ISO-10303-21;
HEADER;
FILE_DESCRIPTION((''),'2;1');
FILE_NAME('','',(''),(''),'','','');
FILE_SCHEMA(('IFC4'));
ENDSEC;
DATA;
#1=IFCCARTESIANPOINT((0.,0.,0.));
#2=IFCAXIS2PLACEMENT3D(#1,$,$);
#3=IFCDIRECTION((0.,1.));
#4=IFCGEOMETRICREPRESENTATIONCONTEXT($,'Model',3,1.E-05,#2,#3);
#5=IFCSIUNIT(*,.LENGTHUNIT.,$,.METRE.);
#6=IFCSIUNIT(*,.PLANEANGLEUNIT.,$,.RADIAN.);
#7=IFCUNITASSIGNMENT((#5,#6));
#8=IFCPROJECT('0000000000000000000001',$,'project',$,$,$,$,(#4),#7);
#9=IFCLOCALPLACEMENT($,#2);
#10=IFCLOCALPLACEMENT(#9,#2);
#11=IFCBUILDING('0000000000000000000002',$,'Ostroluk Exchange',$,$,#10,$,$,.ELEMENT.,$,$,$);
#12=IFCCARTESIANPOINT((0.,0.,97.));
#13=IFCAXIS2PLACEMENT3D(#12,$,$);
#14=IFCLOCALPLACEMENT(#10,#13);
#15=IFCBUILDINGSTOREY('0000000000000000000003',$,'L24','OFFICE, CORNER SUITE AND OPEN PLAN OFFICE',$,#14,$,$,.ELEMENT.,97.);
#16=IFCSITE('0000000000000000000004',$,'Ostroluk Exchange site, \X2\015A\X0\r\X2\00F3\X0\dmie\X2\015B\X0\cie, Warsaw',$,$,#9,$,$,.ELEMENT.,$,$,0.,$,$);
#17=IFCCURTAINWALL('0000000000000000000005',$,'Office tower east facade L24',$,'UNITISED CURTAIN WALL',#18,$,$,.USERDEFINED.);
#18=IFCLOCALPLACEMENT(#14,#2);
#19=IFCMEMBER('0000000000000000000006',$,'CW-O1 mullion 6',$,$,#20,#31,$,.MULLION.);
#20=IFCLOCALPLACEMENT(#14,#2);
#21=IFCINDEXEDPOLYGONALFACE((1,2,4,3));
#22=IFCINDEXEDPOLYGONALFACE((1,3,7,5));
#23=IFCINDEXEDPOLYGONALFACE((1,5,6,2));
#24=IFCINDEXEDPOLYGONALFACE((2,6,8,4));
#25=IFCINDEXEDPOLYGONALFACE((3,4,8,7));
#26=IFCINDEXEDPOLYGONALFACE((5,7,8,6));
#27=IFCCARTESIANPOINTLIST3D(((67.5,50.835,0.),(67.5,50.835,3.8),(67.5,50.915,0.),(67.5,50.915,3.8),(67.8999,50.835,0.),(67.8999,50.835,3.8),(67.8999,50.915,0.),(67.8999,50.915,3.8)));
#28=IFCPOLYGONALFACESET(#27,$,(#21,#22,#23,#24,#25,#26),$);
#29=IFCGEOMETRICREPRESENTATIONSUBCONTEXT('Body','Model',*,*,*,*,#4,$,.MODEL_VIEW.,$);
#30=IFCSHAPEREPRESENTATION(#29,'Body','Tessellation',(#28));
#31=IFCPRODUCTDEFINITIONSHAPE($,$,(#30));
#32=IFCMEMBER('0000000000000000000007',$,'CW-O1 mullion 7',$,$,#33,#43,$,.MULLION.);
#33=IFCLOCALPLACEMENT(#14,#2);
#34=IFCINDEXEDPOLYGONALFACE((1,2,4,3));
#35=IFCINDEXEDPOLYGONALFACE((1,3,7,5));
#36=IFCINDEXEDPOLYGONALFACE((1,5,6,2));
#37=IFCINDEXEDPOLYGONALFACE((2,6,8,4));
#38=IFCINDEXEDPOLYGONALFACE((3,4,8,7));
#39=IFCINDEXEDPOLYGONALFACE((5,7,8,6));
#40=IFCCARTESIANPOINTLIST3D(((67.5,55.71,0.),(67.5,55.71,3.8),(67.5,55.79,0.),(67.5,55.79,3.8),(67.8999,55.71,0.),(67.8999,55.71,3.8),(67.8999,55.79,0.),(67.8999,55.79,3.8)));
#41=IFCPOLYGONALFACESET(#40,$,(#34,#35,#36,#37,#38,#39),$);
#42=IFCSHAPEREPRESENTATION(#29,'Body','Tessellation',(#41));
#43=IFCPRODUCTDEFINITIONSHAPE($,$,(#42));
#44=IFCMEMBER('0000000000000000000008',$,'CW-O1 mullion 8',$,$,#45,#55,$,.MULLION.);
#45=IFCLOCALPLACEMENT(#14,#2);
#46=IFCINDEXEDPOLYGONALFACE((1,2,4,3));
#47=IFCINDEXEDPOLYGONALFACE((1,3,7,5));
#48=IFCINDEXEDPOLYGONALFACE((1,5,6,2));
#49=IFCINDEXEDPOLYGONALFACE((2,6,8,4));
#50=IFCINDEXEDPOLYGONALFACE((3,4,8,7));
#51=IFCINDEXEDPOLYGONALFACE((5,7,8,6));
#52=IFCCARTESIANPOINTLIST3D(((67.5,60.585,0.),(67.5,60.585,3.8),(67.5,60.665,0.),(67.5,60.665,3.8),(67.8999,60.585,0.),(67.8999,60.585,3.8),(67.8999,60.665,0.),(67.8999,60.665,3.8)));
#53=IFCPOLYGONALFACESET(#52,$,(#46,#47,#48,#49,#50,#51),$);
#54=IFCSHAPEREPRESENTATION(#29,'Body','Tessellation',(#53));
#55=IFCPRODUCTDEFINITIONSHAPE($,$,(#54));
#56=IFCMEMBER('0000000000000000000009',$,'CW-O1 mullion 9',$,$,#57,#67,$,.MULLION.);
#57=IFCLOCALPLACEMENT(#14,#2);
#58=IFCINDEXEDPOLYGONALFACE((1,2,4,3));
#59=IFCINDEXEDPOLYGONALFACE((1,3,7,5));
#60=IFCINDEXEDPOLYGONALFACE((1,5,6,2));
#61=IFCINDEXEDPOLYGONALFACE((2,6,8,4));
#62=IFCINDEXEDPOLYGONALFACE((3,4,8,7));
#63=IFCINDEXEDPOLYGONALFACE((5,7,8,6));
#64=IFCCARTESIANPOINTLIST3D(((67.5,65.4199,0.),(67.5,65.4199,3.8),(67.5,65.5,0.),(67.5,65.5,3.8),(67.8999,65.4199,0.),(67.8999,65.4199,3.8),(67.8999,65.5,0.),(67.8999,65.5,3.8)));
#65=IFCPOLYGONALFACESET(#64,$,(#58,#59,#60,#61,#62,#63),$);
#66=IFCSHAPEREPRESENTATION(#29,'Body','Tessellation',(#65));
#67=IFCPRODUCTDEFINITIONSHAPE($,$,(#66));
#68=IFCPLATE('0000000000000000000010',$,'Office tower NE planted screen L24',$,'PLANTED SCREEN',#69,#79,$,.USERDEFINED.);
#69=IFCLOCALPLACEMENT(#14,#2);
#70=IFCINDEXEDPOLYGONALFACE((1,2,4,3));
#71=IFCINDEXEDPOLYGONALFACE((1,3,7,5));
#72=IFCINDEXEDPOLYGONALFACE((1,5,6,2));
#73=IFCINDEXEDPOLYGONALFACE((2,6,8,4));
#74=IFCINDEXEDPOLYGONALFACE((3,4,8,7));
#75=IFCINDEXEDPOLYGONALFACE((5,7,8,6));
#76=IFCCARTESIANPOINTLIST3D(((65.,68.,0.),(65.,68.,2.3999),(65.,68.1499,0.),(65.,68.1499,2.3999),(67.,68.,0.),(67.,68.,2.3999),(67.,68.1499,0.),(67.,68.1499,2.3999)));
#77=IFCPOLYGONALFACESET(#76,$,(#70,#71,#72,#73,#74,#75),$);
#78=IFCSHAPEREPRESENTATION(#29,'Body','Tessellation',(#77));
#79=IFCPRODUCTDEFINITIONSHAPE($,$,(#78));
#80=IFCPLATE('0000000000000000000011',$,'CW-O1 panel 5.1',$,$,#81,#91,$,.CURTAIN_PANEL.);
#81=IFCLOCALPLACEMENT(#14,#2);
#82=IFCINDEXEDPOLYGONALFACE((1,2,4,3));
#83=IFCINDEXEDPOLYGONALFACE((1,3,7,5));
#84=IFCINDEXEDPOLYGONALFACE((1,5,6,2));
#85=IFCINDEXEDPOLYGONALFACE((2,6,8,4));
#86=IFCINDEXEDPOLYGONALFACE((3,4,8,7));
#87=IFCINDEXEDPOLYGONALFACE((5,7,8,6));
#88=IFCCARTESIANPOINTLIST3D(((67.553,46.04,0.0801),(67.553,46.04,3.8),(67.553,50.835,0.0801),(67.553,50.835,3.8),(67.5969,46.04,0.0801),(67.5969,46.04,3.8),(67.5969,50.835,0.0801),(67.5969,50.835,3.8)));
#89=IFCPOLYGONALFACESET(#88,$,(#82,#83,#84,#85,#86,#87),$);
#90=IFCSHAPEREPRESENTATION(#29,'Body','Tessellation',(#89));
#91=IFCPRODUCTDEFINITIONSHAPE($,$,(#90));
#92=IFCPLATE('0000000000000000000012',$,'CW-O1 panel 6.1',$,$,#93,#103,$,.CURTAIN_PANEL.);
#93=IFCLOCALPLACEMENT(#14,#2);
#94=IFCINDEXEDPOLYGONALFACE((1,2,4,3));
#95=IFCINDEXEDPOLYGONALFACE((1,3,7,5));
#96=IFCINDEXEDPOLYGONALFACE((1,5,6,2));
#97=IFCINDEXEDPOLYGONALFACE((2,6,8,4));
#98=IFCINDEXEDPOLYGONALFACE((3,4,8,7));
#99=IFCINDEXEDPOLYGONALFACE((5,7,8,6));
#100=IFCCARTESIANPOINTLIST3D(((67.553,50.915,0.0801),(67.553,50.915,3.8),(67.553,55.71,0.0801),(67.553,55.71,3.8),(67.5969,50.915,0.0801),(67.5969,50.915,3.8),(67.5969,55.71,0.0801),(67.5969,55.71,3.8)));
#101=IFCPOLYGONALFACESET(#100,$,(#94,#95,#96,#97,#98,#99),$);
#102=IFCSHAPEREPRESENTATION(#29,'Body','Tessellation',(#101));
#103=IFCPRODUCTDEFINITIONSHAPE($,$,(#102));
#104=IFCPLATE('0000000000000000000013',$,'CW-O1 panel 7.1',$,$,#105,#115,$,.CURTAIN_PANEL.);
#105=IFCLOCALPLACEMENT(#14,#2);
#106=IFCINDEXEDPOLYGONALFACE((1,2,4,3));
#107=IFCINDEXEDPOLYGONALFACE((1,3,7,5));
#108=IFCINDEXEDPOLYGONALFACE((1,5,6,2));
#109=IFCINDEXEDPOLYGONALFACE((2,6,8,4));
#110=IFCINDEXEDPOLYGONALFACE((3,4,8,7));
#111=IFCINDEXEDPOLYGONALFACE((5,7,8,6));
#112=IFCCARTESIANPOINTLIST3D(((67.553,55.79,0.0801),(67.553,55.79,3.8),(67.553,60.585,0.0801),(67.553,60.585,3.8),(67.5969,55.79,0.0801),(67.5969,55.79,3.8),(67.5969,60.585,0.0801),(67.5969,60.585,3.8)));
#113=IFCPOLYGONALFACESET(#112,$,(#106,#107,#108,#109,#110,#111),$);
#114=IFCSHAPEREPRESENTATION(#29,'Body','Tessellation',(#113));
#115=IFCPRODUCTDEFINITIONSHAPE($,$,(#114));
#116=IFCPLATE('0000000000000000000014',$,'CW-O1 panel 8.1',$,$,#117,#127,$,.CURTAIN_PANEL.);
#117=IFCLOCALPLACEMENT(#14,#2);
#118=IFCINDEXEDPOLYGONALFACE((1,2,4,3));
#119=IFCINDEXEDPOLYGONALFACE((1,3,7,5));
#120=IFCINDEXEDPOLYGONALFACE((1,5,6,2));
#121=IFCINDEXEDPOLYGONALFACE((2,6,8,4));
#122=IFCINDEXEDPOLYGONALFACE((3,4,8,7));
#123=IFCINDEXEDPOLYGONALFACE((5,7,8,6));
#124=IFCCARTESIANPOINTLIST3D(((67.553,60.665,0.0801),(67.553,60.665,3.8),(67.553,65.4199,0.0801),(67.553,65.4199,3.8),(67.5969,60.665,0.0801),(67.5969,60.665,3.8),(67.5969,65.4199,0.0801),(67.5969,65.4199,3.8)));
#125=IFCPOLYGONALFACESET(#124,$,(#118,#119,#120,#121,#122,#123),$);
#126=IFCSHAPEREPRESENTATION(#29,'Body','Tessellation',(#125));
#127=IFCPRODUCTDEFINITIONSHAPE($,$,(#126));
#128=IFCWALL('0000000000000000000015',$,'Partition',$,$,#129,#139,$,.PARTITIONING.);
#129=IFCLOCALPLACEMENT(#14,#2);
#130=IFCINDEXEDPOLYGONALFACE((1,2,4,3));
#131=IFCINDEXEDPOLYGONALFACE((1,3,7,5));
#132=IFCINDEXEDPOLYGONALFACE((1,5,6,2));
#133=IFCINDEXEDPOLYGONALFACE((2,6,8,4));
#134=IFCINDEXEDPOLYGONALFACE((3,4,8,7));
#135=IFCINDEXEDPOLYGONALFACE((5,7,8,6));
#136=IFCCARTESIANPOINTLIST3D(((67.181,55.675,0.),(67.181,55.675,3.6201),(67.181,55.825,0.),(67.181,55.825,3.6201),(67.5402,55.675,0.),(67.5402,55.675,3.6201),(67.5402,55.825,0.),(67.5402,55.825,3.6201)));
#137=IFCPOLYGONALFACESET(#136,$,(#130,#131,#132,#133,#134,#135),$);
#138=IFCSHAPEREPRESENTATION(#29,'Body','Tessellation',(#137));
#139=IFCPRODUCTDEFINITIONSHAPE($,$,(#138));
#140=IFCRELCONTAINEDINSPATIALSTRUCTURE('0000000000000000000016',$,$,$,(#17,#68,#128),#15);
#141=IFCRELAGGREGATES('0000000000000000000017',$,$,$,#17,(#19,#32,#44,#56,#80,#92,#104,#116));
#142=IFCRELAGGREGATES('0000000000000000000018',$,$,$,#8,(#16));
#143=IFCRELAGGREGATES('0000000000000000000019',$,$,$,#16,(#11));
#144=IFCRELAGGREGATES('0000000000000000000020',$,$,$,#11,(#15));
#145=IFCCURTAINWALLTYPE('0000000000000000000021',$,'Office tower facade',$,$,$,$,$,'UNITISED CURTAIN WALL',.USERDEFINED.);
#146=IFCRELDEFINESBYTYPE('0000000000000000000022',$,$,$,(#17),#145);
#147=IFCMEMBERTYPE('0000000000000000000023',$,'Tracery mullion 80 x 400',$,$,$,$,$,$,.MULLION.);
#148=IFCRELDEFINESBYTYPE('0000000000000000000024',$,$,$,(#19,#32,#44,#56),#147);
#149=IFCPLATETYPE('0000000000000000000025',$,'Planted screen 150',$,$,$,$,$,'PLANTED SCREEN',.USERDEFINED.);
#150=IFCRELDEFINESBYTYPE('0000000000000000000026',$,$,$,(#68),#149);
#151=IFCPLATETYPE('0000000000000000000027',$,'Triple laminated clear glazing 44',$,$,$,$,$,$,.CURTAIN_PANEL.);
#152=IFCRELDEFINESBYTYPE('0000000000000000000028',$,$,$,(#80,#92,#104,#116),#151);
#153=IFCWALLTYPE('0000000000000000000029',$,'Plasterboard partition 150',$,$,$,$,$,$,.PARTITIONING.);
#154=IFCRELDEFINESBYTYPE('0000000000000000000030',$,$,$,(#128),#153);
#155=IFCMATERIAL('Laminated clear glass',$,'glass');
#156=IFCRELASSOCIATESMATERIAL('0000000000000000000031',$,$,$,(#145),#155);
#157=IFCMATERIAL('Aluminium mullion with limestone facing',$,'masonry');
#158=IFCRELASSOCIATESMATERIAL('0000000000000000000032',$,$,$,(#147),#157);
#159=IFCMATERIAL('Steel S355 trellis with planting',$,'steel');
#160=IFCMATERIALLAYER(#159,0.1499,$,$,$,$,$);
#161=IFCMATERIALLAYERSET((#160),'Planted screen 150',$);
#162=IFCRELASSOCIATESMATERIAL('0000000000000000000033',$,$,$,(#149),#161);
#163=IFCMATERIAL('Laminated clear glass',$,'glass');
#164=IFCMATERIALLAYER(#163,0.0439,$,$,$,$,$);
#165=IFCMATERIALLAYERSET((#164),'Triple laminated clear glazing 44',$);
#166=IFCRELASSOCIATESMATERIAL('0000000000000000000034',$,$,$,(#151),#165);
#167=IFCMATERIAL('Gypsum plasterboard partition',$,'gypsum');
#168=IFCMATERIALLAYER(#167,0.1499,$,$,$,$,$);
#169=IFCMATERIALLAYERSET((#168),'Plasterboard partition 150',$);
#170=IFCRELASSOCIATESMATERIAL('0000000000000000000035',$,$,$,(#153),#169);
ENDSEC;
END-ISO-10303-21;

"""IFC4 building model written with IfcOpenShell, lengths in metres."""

from ifc_helpers import new_model, si_unit, direction, frame, frame_2d, origin, origin_2d, place, context, subcontext, project, spatial, rectangle, extrude, material, layer, layer_set, material_profile, profile_set, type_object, element, aggregate, save


model = new_model("IFC4")

# Units and contexts
model_context = context("Model", 3, precision=1e-05, world=origin(), true_north=direction((0.0, 1.0)))
body_context = subcontext(model_context, "Body", "Model", "MODEL_VIEW")
ifc_project = project(units=[si_unit("LENGTHUNIT", "METRE"), si_unit("PLANEANGLEUNIT", "RADIAN")], contexts=[model_context])

# Site, building, storey
site_placement = place(None, origin())
site = spatial("IfcSite", under=ifc_project, at=site_placement, Name="Ostroluk Exchange site, Śródmieście, Warsaw", CompositionType="ELEMENT", RefElevation=0.0)
building_placement = place(site_placement, origin())
building = spatial("IfcBuilding", under=site, at=building_placement, Name="Ostroluk Exchange", CompositionType="ELEMENT")
storey_placement = place(building_placement, frame((0.0, 0.0, 97.0)))
storey = spatial("IfcBuildingStorey", under=building, at=storey_placement, Name="L24", Description="OFFICE, CORNER SUITE AND OPEN PLAN OFFICE", CompositionType="ELEMENT", Elevation=97.0)

# Curtain wall
ifc_material_1 = material(Name="Laminated clear glass", Category="glass")
curtain_wall_type_1 = type_object("IfcCurtainWallType", Name="Office tower facade", ElementType="UNITISED CURTAIN WALL", PredefinedType="USERDEFINED", material=ifc_material_1)
curtain_wall_1_placement = place(storey_placement, origin())
curtain_wall_1 = element("IfcCurtainWall", 1, at=curtain_wall_1_placement, inside=storey, type_object=curtain_wall_type_1, Name="Office tower east facade L24", ObjectType="UNITISED CURTAIN WALL", PredefinedType="USERDEFINED")

# Members
ifc_material_2 = material(Name="Aluminium mullion with limestone facing", Category="masonry")
ifc_material_profile_1 = material_profile(ifc_material_2, rectangle(XDim=0.3999, YDim=0.0801, at=origin_2d()), Name="Tracery mullion 80 x 400")
ifc_profile_set_1 = profile_set([ifc_material_profile_1], Name="Aluminium mullion with limestone facing")
member_type_1 = type_object("IfcMemberType", Name="Tracery mullion 80 x 400", PredefinedType="MULLION", material=ifc_profile_set_1)
member_1_placement = place(storey_placement, frame((67.7, 50.875, 0.0), z_axis=(0.0, 0.0, 1.0), x_axis=(-1.0, 0.0, 0.0)))
member_1 = element("IfcMember", 2, at=member_1_placement, type_object=member_type_1, Name="CW-O1 mullion 6", PredefinedType="MULLION", context=body_context, shape_type="SweptSolid", body=[
    extrude(rectangle(XDim=0.3999, YDim=0.0801, at=origin_2d()), origin(), (0.0, 0.0, 1.0), 3.8),
])
member_2_placement = place(storey_placement, frame((67.7, 55.75, 0.0), z_axis=(0.0, 0.0, 1.0), x_axis=(-1.0, 0.0, 0.0)))
member_2 = element("IfcMember", 3, at=member_2_placement, type_object=member_type_1, Name="CW-O1 mullion 7", PredefinedType="MULLION", context=body_context, shape_type="SweptSolid", body=[
    extrude(rectangle(XDim=0.3999, YDim=0.0801, at=origin_2d()), origin(), (0.0, 0.0, 1.0), 3.8),
])
member_3_placement = place(storey_placement, frame((67.7, 60.625, 0.0), z_axis=(0.0, 0.0, 1.0), x_axis=(-1.0, 0.0, 0.0)))
member_3 = element("IfcMember", 4, at=member_3_placement, type_object=member_type_1, Name="CW-O1 mullion 8", PredefinedType="MULLION", context=body_context, shape_type="SweptSolid", body=[
    extrude(rectangle(XDim=0.3999, YDim=0.0801, at=origin_2d()), origin(), (0.0, 0.0, 1.0), 3.8),
])
member_4_placement = place(storey_placement, frame((67.7, 65.46, 0.0), z_axis=(0.0, 0.0, 1.0), x_axis=(-1.0, 0.0, 0.0)))
member_4 = element("IfcMember", 5, at=member_4_placement, type_object=member_type_1, Name="CW-O1 mullion 9", PredefinedType="MULLION", context=body_context, shape_type="SweptSolid", body=[
    extrude(rectangle(XDim=0.3999, YDim=0.0801, at=origin_2d()), origin(), (0.0, 0.0, 1.0), 3.8),
])

# Plates
ifc_material_3 = material(Name="Steel S355 trellis with planting", Category="steel")
ifc_layer_1 = layer(ifc_material_3, 0.1499)
ifc_layer_set_1 = layer_set([ifc_layer_1], Name="Planted screen 150")
plate_type_1 = type_object("IfcPlateType", Name="Planted screen 150", ElementType="PLANTED SCREEN", PredefinedType="USERDEFINED", material=ifc_layer_set_1)
plate_1_placement = place(storey_placement, frame((66.0, 68.075, 0.0), z_axis=(0.0, 0.0, 1.0), x_axis=(1.0, 0.0, 0.0)))
element("IfcPlate", 6, at=plate_1_placement, inside=storey, type_object=plate_type_1, Name="Office tower NE planted screen L24", ObjectType="PLANTED SCREEN", PredefinedType="USERDEFINED", context=body_context, shape_type="SweptSolid", body=[
    extrude(rectangle(XDim=2.0, YDim=0.1499, at=origin_2d()), origin(), (0.0, 0.0, 1.0), 2.3999),
])
ifc_material_4 = material(Name="Laminated clear glass", Category="glass")
ifc_layer_2 = layer(ifc_material_4, 0.0439)
ifc_layer_set_2 = layer_set([ifc_layer_2], Name="Triple laminated clear glazing 44")
plate_type_2 = type_object("IfcPlateType", Name="Triple laminated clear glazing 44", PredefinedType="CURTAIN_PANEL", material=ifc_layer_set_2)
plate_2_placement = place(storey_placement, frame((67.575, 48.4375, 0.0801), z_axis=(0.0, 0.0, 1.0), x_axis=(0.0, 1.0, 0.0)))
plate_2 = element("IfcPlate", 7, at=plate_2_placement, type_object=plate_type_2, Name="CW-O1 panel 5.1", PredefinedType="CURTAIN_PANEL", context=body_context, shape_type="SweptSolid", body=[
    extrude(rectangle(XDim=4.7949, YDim=0.0439, at=origin_2d()), origin(), (0.0, 0.0, 1.0), 3.72),
])
plate_3_placement = place(storey_placement, frame((67.575, 53.3125, 0.0801), z_axis=(0.0, 0.0, 1.0), x_axis=(0.0, 1.0, 0.0)))
plate_3 = element("IfcPlate", 8, at=plate_3_placement, type_object=plate_type_2, Name="CW-O1 panel 6.1", PredefinedType="CURTAIN_PANEL", context=body_context, shape_type="SweptSolid", body=[
    extrude(rectangle(XDim=4.7949, YDim=0.0439, at=origin_2d()), origin(), (0.0, 0.0, 1.0), 3.72),
])
plate_4_placement = place(storey_placement, frame((67.575, 58.1875, 0.0801), z_axis=(0.0, 0.0, 1.0), x_axis=(0.0, 1.0, 0.0)))
plate_4 = element("IfcPlate", 9, at=plate_4_placement, type_object=plate_type_2, Name="CW-O1 panel 7.1", PredefinedType="CURTAIN_PANEL", context=body_context, shape_type="SweptSolid", body=[
    extrude(rectangle(XDim=4.7949, YDim=0.0439, at=origin_2d()), origin(), (0.0, 0.0, 1.0), 3.72),
])
plate_5_placement = place(storey_placement, frame((67.575, 63.0425, 0.0801), z_axis=(0.0, 0.0, 1.0), x_axis=(0.0, 1.0, 0.0)))
plate_5 = element("IfcPlate", 10, at=plate_5_placement, type_object=plate_type_2, Name="CW-O1 panel 8.1", PredefinedType="CURTAIN_PANEL", context=body_context, shape_type="SweptSolid", body=[
    extrude(rectangle(XDim=4.7549, YDim=0.0439, at=origin_2d()), origin(), (0.0, 0.0, 1.0), 3.72),
])
aggregate(curtain_wall_1, [member_1, member_2, member_3, member_4, plate_2, plate_3, plate_4, plate_5])

# Wall
ifc_material_5 = material(Name="Gypsum plasterboard partition", Category="gypsum")
ifc_layer_3 = layer(ifc_material_5, 0.1499)
ifc_layer_set_3 = layer_set([ifc_layer_3], Name="Plasterboard partition 150")
wall_type = type_object("IfcWallType", Name="Plasterboard partition 150", PredefinedType="PARTITIONING", material=ifc_layer_set_3)
wall_placement = place(storey_placement, frame((67.1809, 55.75, 0.0), z_axis=(0.0, 0.0, 1.0), x_axis=(1.0, 0.0, 0.0)))
element("IfcWall", 11, at=wall_placement, inside=storey, type_object=wall_type, Name="Partition", PredefinedType="PARTITIONING", context=body_context, shape_type="SweptSolid", body=[
    extrude(rectangle(XDim=0.3591, YDim=0.1499, at=frame_2d((0.1797, 0.0))), origin(), (0.0, 0.0, 1.0), 3.6201),
])

save(model, "model.ifc")
